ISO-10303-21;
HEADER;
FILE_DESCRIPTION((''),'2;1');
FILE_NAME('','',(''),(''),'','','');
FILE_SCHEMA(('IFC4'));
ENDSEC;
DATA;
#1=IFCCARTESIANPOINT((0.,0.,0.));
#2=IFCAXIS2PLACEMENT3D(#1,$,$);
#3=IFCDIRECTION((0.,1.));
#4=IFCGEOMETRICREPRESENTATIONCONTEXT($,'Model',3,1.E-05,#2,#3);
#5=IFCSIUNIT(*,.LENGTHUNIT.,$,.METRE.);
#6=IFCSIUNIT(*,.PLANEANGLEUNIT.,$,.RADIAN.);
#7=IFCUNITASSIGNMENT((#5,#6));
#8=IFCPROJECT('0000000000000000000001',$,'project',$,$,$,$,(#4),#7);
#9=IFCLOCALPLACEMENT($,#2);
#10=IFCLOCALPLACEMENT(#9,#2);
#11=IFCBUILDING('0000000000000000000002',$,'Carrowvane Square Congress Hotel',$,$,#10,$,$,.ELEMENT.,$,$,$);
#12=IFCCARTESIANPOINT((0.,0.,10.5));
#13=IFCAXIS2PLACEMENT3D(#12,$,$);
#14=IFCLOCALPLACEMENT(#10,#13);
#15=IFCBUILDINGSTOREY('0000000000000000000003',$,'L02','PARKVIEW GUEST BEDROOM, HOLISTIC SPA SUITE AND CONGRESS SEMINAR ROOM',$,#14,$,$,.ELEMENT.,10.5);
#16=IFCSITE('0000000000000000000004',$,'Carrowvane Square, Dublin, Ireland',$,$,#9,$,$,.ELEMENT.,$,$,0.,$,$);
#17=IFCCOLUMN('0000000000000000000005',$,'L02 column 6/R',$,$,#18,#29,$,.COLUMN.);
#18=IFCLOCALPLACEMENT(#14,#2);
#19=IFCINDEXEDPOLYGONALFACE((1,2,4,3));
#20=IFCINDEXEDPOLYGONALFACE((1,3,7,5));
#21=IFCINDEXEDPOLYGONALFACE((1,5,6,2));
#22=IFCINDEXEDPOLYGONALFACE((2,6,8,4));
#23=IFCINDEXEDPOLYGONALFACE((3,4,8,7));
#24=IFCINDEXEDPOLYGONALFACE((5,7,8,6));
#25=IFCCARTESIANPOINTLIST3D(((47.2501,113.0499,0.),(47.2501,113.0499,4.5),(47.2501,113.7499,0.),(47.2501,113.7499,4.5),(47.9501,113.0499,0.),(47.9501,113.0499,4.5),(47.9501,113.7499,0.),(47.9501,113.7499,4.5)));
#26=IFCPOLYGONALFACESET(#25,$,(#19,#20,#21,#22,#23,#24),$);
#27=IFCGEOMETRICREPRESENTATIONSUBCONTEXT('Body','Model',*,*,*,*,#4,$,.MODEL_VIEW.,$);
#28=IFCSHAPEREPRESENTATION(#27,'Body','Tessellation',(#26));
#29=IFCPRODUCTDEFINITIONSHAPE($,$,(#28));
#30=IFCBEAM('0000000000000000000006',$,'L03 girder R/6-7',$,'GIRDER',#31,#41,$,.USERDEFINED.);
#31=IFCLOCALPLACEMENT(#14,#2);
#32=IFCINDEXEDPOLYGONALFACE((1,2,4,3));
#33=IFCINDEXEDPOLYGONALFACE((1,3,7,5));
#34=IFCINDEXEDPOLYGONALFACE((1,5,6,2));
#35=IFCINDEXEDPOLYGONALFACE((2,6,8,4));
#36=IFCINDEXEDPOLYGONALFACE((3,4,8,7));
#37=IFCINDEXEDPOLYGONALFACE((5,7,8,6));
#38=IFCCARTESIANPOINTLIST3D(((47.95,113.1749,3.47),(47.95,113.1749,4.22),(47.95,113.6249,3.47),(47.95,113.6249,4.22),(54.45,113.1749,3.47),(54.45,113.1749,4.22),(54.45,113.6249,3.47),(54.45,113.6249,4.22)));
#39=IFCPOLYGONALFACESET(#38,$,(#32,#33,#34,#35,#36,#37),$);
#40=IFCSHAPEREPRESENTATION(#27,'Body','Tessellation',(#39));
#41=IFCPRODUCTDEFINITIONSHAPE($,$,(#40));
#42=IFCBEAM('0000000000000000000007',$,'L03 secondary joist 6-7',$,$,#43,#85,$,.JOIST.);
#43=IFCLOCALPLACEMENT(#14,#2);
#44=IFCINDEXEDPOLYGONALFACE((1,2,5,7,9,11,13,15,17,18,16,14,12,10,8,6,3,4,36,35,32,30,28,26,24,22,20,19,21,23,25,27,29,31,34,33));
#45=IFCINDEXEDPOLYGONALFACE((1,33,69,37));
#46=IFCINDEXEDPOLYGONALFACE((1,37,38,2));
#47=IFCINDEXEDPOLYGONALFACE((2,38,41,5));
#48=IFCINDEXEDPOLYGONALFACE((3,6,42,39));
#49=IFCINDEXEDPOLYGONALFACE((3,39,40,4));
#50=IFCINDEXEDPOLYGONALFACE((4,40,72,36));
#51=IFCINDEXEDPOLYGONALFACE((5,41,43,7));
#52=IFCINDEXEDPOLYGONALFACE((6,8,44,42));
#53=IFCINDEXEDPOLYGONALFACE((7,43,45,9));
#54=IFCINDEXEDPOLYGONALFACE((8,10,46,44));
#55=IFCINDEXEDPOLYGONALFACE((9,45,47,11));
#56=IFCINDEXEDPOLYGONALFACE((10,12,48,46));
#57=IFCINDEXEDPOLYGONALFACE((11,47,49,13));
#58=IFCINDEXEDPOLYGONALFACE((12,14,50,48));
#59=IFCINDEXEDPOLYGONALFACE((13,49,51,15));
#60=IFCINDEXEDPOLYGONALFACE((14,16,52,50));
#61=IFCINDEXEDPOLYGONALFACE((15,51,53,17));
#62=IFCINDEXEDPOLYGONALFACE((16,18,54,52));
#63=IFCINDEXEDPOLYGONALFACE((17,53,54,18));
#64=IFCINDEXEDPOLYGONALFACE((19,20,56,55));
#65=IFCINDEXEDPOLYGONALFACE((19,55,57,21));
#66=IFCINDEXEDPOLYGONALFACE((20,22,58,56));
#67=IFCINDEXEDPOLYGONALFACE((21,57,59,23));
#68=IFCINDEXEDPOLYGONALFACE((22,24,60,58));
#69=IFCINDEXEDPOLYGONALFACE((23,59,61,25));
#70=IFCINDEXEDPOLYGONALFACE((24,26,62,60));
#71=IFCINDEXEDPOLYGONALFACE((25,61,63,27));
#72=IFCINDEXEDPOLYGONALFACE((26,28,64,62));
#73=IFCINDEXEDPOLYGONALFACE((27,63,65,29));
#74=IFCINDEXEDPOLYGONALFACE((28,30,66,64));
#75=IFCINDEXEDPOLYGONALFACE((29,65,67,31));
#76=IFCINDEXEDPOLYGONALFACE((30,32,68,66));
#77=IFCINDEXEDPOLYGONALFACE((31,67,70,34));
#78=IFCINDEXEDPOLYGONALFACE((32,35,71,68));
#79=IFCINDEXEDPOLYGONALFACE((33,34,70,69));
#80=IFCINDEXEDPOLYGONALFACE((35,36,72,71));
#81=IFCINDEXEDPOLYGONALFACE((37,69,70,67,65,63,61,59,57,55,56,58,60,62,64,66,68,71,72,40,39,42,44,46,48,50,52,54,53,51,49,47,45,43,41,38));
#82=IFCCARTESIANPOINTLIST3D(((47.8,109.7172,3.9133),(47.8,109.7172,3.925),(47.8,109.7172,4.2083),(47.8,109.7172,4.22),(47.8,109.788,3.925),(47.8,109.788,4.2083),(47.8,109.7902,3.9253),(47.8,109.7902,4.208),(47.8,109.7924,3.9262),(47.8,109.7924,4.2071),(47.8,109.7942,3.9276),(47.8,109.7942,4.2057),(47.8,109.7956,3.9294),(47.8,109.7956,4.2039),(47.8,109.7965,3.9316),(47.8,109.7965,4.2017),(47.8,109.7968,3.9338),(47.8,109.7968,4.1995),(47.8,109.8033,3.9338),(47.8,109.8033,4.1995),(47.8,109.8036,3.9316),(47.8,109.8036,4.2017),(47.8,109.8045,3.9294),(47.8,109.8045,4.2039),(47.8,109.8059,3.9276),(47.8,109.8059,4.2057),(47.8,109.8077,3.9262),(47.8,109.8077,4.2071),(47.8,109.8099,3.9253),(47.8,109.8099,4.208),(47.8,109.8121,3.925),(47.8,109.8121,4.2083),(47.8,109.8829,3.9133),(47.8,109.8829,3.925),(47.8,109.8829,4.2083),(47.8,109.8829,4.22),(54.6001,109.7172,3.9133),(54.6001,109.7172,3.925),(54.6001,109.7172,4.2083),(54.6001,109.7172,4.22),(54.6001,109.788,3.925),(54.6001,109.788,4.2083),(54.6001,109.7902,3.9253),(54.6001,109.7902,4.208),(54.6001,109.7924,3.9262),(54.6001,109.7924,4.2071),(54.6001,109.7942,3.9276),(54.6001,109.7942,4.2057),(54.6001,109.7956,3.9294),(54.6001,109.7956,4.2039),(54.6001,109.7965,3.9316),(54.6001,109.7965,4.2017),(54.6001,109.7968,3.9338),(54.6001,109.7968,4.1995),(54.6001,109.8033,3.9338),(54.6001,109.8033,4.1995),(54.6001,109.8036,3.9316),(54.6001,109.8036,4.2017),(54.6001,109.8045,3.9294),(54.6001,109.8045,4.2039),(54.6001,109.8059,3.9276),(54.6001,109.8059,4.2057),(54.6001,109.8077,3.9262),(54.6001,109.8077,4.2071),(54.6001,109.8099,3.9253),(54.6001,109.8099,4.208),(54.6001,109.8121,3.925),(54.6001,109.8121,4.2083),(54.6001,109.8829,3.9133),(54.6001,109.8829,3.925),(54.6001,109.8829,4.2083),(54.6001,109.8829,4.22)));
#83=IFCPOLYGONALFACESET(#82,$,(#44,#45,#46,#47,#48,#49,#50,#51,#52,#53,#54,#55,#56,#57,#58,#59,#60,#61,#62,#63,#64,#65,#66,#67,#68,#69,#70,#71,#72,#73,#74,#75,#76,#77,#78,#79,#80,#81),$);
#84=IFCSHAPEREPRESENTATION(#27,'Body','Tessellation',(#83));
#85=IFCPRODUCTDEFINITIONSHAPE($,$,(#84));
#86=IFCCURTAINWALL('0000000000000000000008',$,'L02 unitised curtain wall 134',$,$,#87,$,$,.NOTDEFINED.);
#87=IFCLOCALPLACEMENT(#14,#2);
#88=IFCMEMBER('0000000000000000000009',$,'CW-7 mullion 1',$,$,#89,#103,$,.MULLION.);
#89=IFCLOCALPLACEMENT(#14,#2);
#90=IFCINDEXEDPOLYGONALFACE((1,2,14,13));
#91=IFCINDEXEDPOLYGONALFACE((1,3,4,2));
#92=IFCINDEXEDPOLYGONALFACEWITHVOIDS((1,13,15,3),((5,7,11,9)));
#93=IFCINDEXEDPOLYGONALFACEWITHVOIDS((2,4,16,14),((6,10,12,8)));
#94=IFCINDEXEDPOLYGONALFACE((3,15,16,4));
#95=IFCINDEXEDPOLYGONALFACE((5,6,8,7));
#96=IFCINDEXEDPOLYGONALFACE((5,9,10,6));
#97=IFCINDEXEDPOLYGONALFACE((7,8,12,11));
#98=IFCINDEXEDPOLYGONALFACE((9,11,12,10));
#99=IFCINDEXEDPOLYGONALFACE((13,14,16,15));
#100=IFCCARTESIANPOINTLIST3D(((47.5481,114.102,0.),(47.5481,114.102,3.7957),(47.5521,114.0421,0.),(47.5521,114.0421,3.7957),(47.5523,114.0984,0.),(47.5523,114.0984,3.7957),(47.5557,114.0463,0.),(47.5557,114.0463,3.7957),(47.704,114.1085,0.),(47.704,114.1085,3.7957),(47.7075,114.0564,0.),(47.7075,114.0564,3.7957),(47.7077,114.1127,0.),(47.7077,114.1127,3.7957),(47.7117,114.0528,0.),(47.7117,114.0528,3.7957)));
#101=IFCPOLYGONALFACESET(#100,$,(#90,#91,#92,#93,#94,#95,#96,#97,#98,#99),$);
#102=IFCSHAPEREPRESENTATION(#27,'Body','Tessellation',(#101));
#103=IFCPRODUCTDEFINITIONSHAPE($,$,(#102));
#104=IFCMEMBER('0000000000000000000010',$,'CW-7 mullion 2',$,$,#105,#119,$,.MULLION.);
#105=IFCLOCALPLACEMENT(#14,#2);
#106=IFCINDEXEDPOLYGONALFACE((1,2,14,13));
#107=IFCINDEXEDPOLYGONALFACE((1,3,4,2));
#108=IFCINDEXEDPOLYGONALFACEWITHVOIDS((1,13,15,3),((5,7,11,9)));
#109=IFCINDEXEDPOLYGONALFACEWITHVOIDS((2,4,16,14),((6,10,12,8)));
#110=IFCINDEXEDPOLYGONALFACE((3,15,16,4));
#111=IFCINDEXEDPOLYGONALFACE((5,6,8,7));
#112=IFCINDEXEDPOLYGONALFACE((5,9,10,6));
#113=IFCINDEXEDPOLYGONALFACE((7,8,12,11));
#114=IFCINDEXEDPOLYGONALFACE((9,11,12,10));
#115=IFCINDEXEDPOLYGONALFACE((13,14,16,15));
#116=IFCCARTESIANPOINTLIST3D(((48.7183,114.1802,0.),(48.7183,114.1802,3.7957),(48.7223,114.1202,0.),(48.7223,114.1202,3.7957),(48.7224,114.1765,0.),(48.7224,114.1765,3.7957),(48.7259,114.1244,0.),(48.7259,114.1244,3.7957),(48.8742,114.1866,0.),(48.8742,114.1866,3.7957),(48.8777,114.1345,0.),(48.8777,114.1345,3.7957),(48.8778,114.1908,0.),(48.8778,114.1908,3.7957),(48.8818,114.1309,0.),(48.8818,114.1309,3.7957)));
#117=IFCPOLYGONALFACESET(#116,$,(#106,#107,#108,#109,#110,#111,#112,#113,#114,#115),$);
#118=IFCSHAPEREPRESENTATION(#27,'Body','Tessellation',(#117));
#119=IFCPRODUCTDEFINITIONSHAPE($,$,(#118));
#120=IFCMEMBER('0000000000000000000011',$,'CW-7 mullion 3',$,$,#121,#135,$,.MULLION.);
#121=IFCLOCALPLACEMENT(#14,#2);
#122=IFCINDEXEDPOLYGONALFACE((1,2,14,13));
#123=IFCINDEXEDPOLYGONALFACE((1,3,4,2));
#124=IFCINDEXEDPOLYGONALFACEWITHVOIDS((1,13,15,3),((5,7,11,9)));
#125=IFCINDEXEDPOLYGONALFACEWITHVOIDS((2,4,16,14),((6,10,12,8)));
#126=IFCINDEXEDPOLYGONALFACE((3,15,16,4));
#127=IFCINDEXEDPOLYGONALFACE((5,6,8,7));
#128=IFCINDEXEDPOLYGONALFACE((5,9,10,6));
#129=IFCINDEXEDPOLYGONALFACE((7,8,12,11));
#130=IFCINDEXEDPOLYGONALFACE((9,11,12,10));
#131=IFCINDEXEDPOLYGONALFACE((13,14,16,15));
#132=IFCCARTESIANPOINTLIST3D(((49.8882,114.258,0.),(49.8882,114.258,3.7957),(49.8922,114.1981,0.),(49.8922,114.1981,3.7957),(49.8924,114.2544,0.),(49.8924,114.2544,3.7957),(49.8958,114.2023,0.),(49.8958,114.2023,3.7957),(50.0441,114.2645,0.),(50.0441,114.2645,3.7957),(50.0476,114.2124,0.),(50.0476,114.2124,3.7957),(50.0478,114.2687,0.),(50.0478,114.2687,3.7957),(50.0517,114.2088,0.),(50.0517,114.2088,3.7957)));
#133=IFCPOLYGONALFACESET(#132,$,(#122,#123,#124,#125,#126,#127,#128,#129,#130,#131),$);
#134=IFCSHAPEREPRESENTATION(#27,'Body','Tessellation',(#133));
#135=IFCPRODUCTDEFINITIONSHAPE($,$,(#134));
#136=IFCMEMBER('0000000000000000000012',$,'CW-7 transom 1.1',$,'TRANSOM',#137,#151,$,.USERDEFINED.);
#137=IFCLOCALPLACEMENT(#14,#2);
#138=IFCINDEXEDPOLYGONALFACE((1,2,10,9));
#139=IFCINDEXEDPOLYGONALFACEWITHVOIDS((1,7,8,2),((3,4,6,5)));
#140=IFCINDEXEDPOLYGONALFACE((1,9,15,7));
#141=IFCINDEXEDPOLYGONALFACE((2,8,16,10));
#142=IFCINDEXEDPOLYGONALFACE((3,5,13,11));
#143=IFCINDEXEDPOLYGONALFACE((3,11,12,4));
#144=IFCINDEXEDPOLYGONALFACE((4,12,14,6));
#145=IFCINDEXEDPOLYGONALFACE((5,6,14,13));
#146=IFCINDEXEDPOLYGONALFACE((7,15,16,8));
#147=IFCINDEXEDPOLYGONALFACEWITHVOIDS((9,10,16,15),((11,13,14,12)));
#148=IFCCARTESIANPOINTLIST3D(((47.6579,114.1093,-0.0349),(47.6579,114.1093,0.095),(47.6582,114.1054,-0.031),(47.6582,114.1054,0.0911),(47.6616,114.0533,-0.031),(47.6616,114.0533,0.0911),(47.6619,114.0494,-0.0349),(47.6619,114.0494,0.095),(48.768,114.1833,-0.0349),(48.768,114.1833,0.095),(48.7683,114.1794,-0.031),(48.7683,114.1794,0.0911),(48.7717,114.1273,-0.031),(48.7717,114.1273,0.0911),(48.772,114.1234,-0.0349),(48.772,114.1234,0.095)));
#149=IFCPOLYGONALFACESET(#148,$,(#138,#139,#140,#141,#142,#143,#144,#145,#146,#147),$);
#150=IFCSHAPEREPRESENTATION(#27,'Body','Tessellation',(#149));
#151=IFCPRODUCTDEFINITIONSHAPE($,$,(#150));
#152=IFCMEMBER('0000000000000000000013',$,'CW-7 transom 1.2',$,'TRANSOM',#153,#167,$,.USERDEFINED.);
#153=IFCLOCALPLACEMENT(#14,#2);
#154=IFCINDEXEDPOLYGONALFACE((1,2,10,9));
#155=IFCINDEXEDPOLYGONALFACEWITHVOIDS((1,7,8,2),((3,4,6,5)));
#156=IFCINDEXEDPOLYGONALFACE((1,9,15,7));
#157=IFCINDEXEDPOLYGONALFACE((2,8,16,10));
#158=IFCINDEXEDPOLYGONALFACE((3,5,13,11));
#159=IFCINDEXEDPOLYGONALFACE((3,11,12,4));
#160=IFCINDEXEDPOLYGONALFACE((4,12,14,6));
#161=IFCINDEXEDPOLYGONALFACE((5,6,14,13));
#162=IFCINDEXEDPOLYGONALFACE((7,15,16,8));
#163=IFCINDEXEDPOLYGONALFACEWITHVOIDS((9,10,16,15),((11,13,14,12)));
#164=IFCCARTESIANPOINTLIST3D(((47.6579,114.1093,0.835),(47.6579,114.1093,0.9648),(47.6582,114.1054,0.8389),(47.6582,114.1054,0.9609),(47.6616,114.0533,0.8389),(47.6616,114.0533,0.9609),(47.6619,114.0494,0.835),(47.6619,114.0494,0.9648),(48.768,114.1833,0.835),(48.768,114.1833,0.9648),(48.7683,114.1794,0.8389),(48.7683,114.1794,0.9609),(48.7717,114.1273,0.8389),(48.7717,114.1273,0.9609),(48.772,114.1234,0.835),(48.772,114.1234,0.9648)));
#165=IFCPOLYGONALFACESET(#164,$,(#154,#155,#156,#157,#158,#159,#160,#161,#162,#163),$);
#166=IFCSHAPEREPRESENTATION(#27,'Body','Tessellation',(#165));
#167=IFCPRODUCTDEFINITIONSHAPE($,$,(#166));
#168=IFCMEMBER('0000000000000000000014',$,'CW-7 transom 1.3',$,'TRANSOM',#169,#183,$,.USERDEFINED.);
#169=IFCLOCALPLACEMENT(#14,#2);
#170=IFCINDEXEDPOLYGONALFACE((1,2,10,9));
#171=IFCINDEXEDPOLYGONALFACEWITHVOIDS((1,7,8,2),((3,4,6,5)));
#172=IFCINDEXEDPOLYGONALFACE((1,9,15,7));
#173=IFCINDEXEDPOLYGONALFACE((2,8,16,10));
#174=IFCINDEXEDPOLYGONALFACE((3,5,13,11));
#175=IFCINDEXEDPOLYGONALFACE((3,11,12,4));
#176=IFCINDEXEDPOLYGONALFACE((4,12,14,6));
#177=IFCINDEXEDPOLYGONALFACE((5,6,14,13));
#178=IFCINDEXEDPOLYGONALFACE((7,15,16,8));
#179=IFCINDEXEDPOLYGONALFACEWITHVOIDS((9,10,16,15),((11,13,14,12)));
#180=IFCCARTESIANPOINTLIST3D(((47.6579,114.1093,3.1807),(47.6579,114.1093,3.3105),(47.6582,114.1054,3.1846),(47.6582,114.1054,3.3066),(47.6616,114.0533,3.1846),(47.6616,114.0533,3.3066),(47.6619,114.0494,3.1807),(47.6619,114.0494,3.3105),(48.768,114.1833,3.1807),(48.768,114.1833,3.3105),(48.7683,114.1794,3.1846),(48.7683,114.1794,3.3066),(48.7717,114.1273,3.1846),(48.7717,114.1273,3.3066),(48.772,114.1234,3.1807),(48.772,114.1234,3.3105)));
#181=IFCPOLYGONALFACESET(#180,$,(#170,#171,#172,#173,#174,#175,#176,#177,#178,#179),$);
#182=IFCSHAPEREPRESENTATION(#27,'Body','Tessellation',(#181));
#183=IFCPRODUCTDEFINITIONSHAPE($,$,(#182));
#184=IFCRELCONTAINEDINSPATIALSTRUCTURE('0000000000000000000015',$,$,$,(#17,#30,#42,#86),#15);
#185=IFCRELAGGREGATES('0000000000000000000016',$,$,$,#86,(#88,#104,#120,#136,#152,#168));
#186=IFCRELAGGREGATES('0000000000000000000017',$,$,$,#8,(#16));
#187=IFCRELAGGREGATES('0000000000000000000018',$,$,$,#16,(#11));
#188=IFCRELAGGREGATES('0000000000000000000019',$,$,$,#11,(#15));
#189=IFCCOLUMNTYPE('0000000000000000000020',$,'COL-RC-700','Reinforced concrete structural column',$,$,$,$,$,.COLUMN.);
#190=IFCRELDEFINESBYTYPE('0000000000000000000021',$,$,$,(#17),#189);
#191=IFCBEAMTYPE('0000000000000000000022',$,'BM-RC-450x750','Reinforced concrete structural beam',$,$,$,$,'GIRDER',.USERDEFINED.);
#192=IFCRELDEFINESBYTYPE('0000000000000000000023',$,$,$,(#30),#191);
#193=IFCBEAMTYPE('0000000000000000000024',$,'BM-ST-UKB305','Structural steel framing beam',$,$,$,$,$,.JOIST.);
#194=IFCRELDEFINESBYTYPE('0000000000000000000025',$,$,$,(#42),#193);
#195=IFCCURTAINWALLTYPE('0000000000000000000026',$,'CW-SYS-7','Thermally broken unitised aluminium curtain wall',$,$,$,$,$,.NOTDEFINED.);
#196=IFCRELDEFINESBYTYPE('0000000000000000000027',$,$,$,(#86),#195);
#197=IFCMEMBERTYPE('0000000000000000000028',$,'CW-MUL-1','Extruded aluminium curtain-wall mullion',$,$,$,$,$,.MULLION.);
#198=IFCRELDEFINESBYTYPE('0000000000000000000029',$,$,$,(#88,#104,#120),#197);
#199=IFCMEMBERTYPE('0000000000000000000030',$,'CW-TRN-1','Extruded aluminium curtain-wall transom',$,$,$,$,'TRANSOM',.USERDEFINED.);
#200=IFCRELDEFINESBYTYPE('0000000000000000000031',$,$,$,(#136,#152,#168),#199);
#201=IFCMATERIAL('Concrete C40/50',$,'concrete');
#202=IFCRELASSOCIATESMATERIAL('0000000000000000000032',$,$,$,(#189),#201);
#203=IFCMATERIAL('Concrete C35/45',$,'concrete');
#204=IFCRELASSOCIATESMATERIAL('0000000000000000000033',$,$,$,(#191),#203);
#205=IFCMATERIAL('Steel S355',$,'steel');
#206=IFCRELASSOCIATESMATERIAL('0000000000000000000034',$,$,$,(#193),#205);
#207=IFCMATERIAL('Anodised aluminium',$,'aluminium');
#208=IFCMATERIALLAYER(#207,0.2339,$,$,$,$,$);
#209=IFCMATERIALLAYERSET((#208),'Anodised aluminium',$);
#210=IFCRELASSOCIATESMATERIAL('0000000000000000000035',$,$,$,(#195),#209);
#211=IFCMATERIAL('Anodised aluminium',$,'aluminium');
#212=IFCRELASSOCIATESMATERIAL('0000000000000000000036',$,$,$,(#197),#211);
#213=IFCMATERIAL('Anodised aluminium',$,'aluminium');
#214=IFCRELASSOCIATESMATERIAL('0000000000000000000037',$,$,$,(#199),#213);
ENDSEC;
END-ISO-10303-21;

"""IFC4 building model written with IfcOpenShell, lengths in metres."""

from ifc_helpers import new_model, si_unit, direction, frame, origin, origin_2d, place, context, subcontext, project, spatial, rectangle, hollow_rectangle, i_section, extrude, material, layer, layer_set, material_profile, profile_set, type_object, element, aggregate, save


model = new_model("IFC4")

# Units and contexts
model_context = context("Model", 3, precision=1e-05, world=origin(), true_north=direction((0.0, 1.0)))
body_context = subcontext(model_context, "Body", "Model", "MODEL_VIEW")
ifc_project = project(units=[si_unit("LENGTHUNIT", "METRE"), si_unit("PLANEANGLEUNIT", "RADIAN")], contexts=[model_context])

# Site, building, storey
site_placement = place(None, origin())
site = spatial("IfcSite", under=ifc_project, at=site_placement, Name="Carrowvane Square, Dublin, Ireland", CompositionType="ELEMENT", RefElevation=0.0)
building_placement = place(site_placement, origin())
building = spatial("IfcBuilding", under=site, at=building_placement, Name="Carrowvane Square Congress Hotel", CompositionType="ELEMENT")
storey_placement = place(building_placement, frame((0.0, 0.0, 10.5)))
storey = spatial("IfcBuildingStorey", under=building, at=storey_placement, Name="L02", Description="PARKVIEW GUEST BEDROOM, HOLISTIC SPA SUITE AND CONGRESS SEMINAR ROOM", CompositionType="ELEMENT", Elevation=10.5)

# Column
ifc_material_1 = material(Name="Concrete C40/50", Category="concrete")
ifc_material_profile_1 = material_profile(ifc_material_1, rectangle(XDim=0.7, YDim=0.7, at=origin_2d()), Name="RC 700x700")
ifc_profile_set_1 = profile_set([ifc_material_profile_1], Name="Concrete C40/50")
column_type = type_object("IfcColumnType", Name="COL-RC-700", Description="Reinforced concrete structural column", PredefinedType="COLUMN", material=ifc_profile_set_1)
column_placement = place(storey_placement, frame((47.6001, 113.3999, 0.0), z_axis=(0.0, 0.0, 1.0), x_axis=(1.0, 0.0, 0.0)))
element("IfcColumn", 1, at=column_placement, inside=storey, type_object=column_type, Name="L02 column 6/R", PredefinedType="COLUMN", context=body_context, shape_type="SweptSolid", body=[
    extrude(rectangle(XDim=0.7, YDim=0.7, at=origin_2d()), origin(), (0.0, 0.0, 1.0), 4.5),
])

# Beams
ifc_material_2 = material(Name="Concrete C35/45", Category="concrete")
ifc_material_profile_2 = material_profile(ifc_material_2, rectangle(XDim=0.45, YDim=0.75, at=origin_2d()), Name="RC 450x750")
ifc_profile_set_2 = profile_set([ifc_material_profile_2], Name="Concrete C35/45")
beam_type_1 = type_object("IfcBeamType", Name="BM-RC-450x750", Description="Reinforced concrete structural beam", ElementType="GIRDER", PredefinedType="USERDEFINED", material=ifc_profile_set_2)
beam_1_placement = place(storey_placement, frame((47.95, 113.3999, 3.845), z_axis=(1.0, 0.0, 0.0), x_axis=(0.0, 1.0, 0.0)))
element("IfcBeam", 2, at=beam_1_placement, inside=storey, type_object=beam_type_1, Name="L03 girder R/6-7", ObjectType="GIRDER", PredefinedType="USERDEFINED", context=body_context, shape_type="SweptSolid", body=[
    extrude(rectangle(XDim=0.45, YDim=0.75, at=origin_2d()), origin(), (0.0, 0.0, 1.0), 6.5),
])
ifc_material_3 = material(Name="Steel S355", Category="steel")
ifc_material_profile_3 = material_profile(ifc_material_3, i_section(OverallWidth=0.1658, OverallDepth=0.3066, WebThickness=0.0066, FlangeThickness=0.0117, FilletRadius=0.0088, at=origin_2d()), Name="UKB 305x165x46")
ifc_profile_set_3 = profile_set([ifc_material_profile_3], Name="Steel S355")
beam_type_2 = type_object("IfcBeamType", Name="BM-ST-UKB305", Description="Structural steel framing beam", PredefinedType="JOIST", material=ifc_profile_set_3)
beam_2_placement = place(storey_placement, frame((47.8, 109.8, 4.0667), z_axis=(1.0, 0.0, 0.0), x_axis=(0.0, 1.0, 0.0)))
element("IfcBeam", 3, at=beam_2_placement, inside=storey, type_object=beam_type_2, Name="L03 secondary joist 6-7", PredefinedType="JOIST", context=body_context, shape_type="SweptSolid", body=[
    extrude(i_section(OverallWidth=0.1658, OverallDepth=0.3066, WebThickness=0.0066, FlangeThickness=0.0117, FilletRadius=0.0088, at=origin_2d()), origin(), (0.0, 0.0, 1.0), 6.8),
])

# Curtain wall, members
ifc_material_4 = material(Name="Anodised aluminium", Category="aluminium")
ifc_layer_1 = layer(ifc_material_4, 0.2339)
ifc_layer_set_1 = layer_set([ifc_layer_1], Name="Anodised aluminium")
curtain_wall_type = type_object("IfcCurtainWallType", Name="CW-SYS-7", Description="Thermally broken unitised aluminium curtain wall", PredefinedType="NOTDEFINED", material=ifc_layer_set_1)
curtain_wall_placement = place(storey_placement, origin())
curtain_wall = element("IfcCurtainWall", 4, at=curtain_wall_placement, inside=storey, type_object=curtain_wall_type, Name="L02 unitised curtain wall 134", PredefinedType="NOTDEFINED")
ifc_material_5 = material(Name="Anodised aluminium", Category="aluminium")
ifc_material_profile_4 = material_profile(ifc_material_5, hollow_rectangle(XDim=0.0601, YDim=0.1599, WallThickness=0.0039, at=origin_2d()), Name="CW-ML 60x160x4")
ifc_profile_set_4 = profile_set([ifc_material_profile_4], Name="Anodised aluminium")
member_type_1 = type_object("IfcMemberType", Name="CW-MUL-1", Description="Extruded aluminium curtain-wall mullion", PredefinedType="MULLION", material=ifc_profile_set_4)
member_1_placement = place(storey_placement, frame((47.6299, 114.0774, 0.0), z_axis=(0.0, 0.0, 1.0), x_axis=(-0.066578, 0.997781, 0.0)))
member_1 = element("IfcMember", 5, at=member_1_placement, type_object=member_type_1, Name="CW-7 mullion 1", PredefinedType="MULLION", context=body_context, shape_type="SweptSolid", body=[
    extrude(hollow_rectangle(XDim=0.0601, YDim=0.1599, WallThickness=0.0039, at=origin_2d()), origin(), (0.0, 0.0, 1.0), 3.7957),
])
member_2_placement = place(storey_placement, frame((48.8, 114.1555, 0.0), z_axis=(0.0, 0.0, 1.0), x_axis=(-0.066578, 0.997781, 0.0)))
member_2 = element("IfcMember", 6, at=member_2_placement, type_object=member_type_1, Name="CW-7 mullion 2", PredefinedType="MULLION", context=body_context, shape_type="SweptSolid", body=[
    extrude(hollow_rectangle(XDim=0.0601, YDim=0.1599, WallThickness=0.0039, at=origin_2d()), origin(), (0.0, 0.0, 1.0), 3.7957),
])
member_3_placement = place(storey_placement, frame((49.97, 114.2334, 0.0), z_axis=(0.0, 0.0, 1.0), x_axis=(-0.066578, 0.997781, 0.0)))
member_3 = element("IfcMember", 7, at=member_3_placement, type_object=member_type_1, Name="CW-7 mullion 3", PredefinedType="MULLION", context=body_context, shape_type="SweptSolid", body=[
    extrude(hollow_rectangle(XDim=0.0601, YDim=0.1599, WallThickness=0.0039, at=origin_2d()), origin(), (0.0, 0.0, 1.0), 3.7957),
])
ifc_material_6 = material(Name="Anodised aluminium", Category="aluminium")
ifc_material_profile_5 = material_profile(ifc_material_6, hollow_rectangle(XDim=0.0601, YDim=0.1299, WallThickness=0.0039, at=origin_2d()), Name="CW-TR 60x130x4")
ifc_profile_set_5 = profile_set([ifc_material_profile_5], Name="Anodised aluminium")
member_type_2 = type_object("IfcMemberType", Name="CW-TRN-1", Description="Extruded aluminium curtain-wall transom", ElementType="TRANSOM", PredefinedType="USERDEFINED", material=ifc_profile_set_5)
member_4_placement = place(storey_placement, frame((47.6599, 114.0793, 0.03), z_axis=(0.997787, 0.06649, 0.0), x_axis=(-0.06649, 0.997787, 0.0)))
member_4 = element("IfcMember", 8, at=member_4_placement, type_object=member_type_2, Name="CW-7 transom 1.1", ObjectType="TRANSOM", PredefinedType="USERDEFINED", context=body_context, shape_type="SweptSolid", body=[
    extrude(hollow_rectangle(XDim=0.0601, YDim=0.1299, WallThickness=0.0039, at=origin_2d()), origin(), (0.0, 0.0, 1.0), 1.1125),
])
member_5_placement = place(storey_placement, frame((47.6599, 114.0793, 0.8999), z_axis=(0.997787, 0.06649, 0.0), x_axis=(-0.06649, 0.997787, 0.0)))
member_5 = element("IfcMember", 9, at=member_5_placement, type_object=member_type_2, Name="CW-7 transom 1.2", ObjectType="TRANSOM", PredefinedType="USERDEFINED", context=body_context, shape_type="SweptSolid", body=[
    extrude(hollow_rectangle(XDim=0.0601, YDim=0.1299, WallThickness=0.0039, at=origin_2d()), origin(), (0.0, 0.0, 1.0), 1.1125),
])
member_6_placement = place(storey_placement, frame((47.6599, 114.0793, 3.2456), z_axis=(0.997787, 0.06649, 0.0), x_axis=(-0.06649, 0.997787, 0.0)))
member_6 = element("IfcMember", 10, at=member_6_placement, type_object=member_type_2, Name="CW-7 transom 1.3", ObjectType="TRANSOM", PredefinedType="USERDEFINED", context=body_context, shape_type="SweptSolid", body=[
    extrude(hollow_rectangle(XDim=0.0601, YDim=0.1299, WallThickness=0.0039, at=origin_2d()), origin(), (0.0, 0.0, 1.0), 1.1125),
])
aggregate(curtain_wall, [member_1, member_2, member_3, member_4, member_5, member_6])

save(model, "model.ifc")
